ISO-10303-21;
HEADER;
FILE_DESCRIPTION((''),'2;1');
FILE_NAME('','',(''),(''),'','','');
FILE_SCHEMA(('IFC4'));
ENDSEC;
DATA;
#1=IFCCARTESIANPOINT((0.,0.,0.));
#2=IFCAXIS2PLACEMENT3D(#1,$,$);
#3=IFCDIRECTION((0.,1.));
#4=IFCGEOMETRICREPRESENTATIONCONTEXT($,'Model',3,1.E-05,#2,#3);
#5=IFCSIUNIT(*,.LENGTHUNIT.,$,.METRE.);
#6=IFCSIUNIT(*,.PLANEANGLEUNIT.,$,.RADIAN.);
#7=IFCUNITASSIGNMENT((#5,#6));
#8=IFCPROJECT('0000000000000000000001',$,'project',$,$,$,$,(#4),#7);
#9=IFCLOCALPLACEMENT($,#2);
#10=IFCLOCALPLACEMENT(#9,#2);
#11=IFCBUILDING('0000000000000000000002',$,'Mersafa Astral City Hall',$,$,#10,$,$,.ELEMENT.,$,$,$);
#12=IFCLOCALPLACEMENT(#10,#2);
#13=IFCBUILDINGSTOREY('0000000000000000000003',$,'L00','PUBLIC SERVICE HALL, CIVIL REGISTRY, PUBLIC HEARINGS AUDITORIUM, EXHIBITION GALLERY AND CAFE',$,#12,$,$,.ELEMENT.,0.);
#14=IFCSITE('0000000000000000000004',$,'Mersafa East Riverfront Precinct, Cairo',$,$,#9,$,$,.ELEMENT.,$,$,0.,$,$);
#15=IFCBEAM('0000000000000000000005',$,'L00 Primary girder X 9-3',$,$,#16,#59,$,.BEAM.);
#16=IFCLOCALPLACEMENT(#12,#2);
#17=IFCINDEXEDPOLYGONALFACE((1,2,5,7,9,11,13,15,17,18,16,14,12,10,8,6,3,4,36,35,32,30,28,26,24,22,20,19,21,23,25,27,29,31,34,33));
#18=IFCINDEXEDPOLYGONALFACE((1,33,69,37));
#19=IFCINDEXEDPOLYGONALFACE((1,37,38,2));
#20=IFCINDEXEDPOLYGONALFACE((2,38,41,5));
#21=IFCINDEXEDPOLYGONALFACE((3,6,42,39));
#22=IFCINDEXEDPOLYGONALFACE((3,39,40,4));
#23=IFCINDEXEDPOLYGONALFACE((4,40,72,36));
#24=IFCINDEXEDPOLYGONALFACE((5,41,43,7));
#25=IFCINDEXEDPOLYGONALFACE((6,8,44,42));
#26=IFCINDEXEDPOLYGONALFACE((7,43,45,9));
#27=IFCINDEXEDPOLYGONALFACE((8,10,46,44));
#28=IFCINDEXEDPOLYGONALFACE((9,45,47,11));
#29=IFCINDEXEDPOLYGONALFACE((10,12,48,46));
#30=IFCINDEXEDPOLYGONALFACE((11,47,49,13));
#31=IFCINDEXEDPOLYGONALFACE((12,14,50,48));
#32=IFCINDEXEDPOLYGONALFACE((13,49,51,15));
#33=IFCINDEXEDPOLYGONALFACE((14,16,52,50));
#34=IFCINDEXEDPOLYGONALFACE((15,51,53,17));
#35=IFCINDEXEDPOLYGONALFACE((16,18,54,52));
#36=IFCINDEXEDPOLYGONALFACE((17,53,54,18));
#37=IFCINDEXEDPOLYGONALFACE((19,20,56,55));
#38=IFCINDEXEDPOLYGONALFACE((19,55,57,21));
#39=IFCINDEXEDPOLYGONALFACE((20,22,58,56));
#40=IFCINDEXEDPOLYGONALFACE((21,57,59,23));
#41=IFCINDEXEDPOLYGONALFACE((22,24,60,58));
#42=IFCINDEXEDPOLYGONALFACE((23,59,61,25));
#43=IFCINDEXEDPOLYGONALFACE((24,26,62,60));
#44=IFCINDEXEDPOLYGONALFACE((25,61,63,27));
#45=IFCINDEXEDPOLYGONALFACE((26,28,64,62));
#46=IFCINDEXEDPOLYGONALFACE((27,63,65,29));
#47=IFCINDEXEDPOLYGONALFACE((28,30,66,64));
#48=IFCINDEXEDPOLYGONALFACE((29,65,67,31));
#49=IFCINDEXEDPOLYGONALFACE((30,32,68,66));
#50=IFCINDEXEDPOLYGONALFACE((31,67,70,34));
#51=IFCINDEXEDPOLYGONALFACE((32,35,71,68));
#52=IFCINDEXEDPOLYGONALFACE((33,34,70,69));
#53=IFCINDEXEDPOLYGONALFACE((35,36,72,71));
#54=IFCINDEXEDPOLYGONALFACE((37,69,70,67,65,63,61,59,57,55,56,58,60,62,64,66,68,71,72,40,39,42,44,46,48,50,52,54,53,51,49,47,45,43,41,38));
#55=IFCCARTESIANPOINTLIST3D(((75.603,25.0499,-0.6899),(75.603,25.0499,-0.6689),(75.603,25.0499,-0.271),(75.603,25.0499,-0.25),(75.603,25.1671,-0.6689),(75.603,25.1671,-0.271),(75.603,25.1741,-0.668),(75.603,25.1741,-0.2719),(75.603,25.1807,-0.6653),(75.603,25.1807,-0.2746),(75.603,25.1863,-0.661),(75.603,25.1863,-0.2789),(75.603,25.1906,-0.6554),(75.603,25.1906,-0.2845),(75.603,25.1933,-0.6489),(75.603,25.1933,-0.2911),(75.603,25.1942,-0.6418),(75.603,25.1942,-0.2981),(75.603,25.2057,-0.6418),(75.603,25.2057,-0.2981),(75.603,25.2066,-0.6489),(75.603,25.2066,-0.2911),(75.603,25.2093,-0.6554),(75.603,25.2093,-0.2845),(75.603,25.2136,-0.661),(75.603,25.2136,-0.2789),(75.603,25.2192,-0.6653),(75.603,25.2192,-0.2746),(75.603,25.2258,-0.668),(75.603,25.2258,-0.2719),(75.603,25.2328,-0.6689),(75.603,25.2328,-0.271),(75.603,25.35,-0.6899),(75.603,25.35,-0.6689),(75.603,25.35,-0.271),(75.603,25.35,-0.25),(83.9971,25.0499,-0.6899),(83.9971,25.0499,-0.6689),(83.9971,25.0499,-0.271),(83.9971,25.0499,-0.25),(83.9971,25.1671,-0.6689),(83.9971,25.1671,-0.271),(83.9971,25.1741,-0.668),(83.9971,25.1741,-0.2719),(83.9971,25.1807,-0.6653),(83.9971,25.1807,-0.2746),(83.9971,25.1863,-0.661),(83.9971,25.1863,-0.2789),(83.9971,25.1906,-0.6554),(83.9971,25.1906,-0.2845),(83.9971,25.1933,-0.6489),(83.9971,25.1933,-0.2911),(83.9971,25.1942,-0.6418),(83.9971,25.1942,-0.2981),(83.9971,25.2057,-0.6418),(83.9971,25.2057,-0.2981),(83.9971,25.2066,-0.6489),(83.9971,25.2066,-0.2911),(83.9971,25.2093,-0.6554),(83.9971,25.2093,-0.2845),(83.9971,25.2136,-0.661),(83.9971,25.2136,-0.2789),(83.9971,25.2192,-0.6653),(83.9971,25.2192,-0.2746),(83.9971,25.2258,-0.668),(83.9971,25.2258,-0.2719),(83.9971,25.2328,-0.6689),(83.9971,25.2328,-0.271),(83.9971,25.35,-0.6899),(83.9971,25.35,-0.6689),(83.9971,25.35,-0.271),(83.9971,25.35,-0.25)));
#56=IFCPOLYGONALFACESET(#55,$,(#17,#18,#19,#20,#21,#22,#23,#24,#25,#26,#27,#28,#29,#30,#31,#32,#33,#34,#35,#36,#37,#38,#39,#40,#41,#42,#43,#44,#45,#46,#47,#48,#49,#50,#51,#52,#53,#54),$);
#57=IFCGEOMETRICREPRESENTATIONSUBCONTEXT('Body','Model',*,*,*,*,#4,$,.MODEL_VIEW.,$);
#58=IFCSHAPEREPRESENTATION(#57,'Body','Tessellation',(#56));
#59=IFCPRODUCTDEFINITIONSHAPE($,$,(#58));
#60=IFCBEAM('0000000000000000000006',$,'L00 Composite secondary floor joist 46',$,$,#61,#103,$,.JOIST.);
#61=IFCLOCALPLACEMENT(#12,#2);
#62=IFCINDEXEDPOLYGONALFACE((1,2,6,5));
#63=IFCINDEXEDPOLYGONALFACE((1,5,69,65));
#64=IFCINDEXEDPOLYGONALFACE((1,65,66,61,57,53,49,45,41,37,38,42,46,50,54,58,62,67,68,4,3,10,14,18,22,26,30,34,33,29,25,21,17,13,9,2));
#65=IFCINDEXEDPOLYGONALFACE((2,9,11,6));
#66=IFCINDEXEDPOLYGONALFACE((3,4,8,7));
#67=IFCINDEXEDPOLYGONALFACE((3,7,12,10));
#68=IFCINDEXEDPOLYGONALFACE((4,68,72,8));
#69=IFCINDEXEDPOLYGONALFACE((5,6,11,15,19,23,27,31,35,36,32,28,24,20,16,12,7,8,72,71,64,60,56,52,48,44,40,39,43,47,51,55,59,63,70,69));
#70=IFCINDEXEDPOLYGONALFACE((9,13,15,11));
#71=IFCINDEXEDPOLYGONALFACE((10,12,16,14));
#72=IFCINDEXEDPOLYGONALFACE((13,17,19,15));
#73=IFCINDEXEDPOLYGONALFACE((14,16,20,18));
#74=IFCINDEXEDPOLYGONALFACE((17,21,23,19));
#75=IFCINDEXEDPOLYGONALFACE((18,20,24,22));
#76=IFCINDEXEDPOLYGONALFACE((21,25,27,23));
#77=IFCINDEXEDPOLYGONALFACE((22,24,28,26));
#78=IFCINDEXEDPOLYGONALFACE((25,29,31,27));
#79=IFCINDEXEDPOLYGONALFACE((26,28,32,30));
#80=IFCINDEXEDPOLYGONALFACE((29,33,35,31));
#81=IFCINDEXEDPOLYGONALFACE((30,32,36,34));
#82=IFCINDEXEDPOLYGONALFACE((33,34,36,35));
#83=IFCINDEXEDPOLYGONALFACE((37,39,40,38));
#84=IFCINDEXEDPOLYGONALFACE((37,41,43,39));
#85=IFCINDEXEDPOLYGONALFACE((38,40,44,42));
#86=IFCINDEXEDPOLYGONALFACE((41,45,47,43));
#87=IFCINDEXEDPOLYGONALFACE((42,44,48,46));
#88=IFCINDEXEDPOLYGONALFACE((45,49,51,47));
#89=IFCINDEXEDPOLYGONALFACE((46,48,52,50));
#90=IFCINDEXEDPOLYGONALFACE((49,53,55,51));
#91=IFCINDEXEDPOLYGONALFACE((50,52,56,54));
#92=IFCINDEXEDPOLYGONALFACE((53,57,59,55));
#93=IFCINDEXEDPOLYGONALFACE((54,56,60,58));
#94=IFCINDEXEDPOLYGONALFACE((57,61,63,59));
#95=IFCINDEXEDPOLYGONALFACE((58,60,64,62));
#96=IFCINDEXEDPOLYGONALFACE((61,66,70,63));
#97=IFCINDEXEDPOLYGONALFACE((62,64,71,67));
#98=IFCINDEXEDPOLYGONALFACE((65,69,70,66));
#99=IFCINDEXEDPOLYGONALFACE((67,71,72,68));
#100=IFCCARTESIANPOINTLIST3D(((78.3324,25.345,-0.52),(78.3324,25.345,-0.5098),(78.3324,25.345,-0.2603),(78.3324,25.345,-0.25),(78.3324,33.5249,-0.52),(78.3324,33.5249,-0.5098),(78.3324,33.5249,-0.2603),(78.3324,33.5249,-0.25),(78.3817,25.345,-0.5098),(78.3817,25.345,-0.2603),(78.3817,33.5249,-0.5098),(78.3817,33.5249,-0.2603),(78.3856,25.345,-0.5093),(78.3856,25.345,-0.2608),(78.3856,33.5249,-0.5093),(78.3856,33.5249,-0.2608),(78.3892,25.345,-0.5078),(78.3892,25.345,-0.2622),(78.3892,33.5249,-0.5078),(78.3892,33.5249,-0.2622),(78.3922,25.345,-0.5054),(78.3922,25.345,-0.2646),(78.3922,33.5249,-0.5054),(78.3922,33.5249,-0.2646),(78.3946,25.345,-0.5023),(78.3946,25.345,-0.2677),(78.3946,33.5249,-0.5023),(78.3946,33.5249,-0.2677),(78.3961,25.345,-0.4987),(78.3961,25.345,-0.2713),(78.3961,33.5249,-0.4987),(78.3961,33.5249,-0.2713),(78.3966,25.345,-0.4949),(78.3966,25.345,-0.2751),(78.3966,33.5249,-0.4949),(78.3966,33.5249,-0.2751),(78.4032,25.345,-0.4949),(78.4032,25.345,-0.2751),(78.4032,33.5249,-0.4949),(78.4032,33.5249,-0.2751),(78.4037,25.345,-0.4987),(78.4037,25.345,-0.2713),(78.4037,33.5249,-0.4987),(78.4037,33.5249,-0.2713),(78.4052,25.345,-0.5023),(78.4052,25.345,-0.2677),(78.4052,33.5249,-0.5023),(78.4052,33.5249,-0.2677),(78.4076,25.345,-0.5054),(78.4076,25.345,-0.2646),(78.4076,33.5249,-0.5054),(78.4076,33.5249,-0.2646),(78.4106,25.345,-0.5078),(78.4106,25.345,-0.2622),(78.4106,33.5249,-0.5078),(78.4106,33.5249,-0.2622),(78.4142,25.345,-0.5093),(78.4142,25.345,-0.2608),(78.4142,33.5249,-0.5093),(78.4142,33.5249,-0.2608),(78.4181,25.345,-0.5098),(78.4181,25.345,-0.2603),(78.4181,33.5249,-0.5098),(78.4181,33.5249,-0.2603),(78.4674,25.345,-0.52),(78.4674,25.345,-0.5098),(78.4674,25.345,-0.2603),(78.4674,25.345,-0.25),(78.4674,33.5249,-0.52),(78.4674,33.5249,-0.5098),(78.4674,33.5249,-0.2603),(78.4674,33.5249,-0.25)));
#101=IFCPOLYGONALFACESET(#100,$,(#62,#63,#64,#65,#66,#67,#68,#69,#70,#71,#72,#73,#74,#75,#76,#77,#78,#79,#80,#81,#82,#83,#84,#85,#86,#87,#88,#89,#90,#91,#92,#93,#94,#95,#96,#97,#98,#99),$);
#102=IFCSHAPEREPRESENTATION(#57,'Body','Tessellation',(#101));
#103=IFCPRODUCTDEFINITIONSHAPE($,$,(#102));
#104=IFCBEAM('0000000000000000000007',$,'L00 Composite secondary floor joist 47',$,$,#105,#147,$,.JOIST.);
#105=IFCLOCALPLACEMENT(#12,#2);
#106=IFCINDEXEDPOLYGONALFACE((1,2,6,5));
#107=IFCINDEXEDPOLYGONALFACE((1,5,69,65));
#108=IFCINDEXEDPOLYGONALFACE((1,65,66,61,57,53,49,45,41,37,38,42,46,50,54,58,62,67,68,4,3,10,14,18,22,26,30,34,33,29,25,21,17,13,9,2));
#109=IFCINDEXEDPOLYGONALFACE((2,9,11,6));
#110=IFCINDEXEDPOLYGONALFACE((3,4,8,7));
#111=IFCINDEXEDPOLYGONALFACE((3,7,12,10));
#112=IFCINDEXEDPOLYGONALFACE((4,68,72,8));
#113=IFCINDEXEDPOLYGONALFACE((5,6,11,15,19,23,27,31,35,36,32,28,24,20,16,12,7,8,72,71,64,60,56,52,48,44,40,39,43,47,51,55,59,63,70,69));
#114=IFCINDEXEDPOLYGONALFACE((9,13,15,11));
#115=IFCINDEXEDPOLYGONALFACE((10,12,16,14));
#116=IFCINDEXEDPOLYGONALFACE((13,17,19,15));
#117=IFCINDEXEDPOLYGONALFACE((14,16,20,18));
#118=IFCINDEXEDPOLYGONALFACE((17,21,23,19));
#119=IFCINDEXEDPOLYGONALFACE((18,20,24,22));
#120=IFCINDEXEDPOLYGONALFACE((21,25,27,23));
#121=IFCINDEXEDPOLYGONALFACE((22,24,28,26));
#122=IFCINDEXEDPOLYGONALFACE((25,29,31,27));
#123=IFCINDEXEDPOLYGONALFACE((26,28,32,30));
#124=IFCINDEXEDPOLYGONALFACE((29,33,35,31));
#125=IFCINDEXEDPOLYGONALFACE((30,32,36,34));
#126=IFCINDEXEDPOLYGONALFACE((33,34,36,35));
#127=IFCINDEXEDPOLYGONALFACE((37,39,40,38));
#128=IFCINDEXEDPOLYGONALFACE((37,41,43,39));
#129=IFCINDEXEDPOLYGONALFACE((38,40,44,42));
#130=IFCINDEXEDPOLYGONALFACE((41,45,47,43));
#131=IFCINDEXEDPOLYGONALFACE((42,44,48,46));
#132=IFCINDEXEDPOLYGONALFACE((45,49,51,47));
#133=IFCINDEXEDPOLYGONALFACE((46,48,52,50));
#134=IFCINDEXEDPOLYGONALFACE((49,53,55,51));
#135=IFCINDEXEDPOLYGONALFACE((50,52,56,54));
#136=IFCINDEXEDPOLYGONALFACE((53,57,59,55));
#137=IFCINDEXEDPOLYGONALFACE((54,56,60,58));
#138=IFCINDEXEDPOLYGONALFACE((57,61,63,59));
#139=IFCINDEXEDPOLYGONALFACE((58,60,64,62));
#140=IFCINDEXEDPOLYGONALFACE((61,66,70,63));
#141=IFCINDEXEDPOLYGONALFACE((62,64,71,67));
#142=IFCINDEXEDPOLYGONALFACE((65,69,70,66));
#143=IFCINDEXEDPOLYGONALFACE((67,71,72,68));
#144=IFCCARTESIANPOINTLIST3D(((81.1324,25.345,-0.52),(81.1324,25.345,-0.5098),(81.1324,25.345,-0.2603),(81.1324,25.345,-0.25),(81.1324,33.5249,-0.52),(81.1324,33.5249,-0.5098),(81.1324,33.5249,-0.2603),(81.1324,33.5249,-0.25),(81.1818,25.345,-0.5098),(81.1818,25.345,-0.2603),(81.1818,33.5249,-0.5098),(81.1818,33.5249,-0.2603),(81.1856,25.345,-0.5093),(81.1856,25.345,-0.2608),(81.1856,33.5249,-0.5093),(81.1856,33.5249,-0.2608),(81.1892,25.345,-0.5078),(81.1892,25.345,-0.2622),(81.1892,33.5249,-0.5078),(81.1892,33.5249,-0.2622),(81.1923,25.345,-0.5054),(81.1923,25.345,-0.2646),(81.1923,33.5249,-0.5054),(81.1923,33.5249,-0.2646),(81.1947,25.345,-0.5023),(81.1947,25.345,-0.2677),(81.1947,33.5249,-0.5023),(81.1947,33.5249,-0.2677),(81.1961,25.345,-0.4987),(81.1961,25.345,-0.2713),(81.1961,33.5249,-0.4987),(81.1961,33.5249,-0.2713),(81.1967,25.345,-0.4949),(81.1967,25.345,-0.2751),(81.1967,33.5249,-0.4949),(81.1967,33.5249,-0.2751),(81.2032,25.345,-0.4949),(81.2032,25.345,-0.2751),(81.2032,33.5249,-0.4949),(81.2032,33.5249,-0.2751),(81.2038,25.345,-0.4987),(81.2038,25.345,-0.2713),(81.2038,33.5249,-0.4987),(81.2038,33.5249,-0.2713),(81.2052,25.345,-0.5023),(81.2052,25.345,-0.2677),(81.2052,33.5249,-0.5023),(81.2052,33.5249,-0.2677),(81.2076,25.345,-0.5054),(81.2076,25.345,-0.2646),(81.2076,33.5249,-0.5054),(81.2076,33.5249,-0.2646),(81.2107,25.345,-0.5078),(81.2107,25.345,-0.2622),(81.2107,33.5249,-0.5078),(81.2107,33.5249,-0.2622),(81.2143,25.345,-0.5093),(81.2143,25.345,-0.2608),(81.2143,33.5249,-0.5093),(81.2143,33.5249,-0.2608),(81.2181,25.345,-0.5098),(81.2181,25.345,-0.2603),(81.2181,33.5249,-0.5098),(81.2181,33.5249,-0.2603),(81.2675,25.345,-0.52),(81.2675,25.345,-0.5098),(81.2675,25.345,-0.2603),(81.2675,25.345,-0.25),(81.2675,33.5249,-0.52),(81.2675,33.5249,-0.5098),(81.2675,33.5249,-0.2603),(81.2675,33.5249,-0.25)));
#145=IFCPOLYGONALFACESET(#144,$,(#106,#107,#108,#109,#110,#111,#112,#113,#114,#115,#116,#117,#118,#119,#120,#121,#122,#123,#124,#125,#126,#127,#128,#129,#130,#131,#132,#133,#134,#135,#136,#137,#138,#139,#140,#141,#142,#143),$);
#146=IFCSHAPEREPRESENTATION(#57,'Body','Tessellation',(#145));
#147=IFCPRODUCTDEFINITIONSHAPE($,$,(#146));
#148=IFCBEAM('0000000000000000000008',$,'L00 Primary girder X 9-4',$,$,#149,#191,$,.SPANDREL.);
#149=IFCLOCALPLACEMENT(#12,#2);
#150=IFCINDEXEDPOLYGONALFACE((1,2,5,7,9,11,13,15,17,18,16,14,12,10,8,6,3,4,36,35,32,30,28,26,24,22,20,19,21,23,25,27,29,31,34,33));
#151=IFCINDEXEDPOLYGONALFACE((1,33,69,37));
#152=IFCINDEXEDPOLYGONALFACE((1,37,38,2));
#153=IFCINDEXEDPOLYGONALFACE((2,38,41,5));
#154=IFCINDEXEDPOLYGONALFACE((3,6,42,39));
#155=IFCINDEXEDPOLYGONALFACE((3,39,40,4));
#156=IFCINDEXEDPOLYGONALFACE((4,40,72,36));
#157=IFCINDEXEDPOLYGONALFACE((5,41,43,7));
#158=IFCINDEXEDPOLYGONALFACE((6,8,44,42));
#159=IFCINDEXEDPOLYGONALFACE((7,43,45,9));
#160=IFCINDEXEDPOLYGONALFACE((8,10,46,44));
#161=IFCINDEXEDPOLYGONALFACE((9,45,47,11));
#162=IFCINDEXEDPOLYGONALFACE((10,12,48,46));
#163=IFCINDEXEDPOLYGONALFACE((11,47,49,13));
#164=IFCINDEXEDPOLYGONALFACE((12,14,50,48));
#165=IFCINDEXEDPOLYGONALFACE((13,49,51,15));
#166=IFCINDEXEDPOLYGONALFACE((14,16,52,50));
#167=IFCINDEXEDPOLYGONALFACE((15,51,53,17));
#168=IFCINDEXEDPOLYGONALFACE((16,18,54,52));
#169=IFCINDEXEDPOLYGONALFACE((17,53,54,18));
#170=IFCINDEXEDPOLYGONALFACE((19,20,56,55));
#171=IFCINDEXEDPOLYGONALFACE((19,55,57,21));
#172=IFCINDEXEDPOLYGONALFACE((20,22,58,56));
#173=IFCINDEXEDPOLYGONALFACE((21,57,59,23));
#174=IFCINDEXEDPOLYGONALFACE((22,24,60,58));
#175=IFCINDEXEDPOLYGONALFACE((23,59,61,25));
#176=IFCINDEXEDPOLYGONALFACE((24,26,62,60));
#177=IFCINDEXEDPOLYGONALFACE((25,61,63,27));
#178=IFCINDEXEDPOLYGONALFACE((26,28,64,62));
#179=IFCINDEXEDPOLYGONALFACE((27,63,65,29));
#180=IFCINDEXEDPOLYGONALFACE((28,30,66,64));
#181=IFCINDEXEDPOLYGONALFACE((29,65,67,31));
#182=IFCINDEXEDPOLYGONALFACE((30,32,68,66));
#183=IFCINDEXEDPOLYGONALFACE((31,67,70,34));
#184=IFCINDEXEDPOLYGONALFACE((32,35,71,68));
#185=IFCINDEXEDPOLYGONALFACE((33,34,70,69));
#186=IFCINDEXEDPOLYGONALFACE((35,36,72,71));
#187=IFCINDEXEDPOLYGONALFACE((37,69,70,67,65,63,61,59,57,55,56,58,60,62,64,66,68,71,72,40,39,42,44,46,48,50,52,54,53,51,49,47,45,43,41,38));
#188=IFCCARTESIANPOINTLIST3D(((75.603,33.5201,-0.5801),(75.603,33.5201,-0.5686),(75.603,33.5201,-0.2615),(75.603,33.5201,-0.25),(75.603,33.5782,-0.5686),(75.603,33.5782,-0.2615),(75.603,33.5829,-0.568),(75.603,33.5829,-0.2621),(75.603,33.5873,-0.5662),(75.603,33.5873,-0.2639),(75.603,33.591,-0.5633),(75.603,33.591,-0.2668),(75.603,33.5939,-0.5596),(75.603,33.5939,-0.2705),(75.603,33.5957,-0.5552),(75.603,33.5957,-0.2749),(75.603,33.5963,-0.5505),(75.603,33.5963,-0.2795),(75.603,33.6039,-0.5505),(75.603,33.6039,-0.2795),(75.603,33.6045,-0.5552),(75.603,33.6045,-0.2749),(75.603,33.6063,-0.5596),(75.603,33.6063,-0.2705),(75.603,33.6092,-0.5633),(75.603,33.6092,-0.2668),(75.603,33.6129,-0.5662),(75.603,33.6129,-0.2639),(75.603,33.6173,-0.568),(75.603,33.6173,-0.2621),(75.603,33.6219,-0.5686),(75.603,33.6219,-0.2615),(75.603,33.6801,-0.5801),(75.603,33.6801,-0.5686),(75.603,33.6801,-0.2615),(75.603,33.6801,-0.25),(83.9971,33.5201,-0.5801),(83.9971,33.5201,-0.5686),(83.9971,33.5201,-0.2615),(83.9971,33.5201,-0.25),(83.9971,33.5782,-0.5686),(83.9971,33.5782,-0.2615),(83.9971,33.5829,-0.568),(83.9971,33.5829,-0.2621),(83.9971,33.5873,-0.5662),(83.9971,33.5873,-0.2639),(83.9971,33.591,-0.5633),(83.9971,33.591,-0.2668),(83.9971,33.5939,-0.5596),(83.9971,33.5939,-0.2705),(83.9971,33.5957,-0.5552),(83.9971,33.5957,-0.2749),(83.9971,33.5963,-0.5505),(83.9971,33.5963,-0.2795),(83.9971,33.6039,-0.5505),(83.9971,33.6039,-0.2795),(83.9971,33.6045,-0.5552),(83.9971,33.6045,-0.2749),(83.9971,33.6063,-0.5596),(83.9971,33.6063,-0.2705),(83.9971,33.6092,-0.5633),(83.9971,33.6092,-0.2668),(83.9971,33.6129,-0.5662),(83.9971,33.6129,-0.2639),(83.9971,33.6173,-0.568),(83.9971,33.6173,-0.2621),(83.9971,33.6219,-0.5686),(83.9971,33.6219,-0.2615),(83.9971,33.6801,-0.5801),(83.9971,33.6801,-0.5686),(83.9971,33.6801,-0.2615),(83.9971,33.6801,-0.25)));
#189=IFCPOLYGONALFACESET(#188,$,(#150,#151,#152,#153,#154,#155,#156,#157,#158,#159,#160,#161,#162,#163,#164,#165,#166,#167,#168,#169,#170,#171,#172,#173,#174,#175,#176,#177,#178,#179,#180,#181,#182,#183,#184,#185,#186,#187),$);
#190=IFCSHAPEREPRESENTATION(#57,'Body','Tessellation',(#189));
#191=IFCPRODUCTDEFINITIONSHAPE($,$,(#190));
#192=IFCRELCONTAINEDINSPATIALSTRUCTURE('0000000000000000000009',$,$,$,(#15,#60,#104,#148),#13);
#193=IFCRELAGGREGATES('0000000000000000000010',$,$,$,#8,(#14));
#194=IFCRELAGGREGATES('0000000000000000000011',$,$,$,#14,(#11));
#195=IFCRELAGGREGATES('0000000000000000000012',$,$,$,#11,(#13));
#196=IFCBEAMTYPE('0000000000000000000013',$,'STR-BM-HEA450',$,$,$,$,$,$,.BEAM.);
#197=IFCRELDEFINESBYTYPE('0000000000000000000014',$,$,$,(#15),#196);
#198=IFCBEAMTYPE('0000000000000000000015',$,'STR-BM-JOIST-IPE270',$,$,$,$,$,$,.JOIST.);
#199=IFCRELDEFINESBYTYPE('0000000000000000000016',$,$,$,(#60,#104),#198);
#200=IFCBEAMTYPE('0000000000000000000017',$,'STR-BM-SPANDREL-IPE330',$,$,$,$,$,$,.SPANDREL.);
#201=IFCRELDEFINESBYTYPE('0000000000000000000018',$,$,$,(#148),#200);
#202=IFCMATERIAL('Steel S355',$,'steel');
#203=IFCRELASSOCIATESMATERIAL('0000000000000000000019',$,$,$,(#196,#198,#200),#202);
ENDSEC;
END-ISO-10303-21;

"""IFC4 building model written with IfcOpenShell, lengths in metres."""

from ifc_helpers import new_model, si_unit, direction, frame, origin, origin_2d, place, context, subcontext, project, spatial, i_section, extrude, material, material_profile, profile_set, type_object, element, save


model = new_model("IFC4")

# Units and contexts
model_context = context("Model", 3, precision=1e-05, world=origin(), true_north=direction((0.0, 1.0)))
body_context = subcontext(model_context, "Body", "Model", "MODEL_VIEW")
ifc_project = project(units=[si_unit("LENGTHUNIT", "METRE"), si_unit("PLANEANGLEUNIT", "RADIAN")], contexts=[model_context])

# Site, building, storey
site_placement = place(None, origin())
site = spatial("IfcSite", under=ifc_project, at=site_placement, Name="Mersafa East Riverfront Precinct, Cairo", CompositionType="ELEMENT", RefElevation=0.0)
building_placement = place(site_placement, origin())
building = spatial("IfcBuilding", under=site, at=building_placement, Name="Mersafa Astral City Hall", CompositionType="ELEMENT")
storey_placement = place(building_placement, origin())
storey = spatial("IfcBuildingStorey", under=building, at=storey_placement, Name="L00", Description="PUBLIC SERVICE HALL, CIVIL REGISTRY, PUBLIC HEARINGS AUDITORIUM, EXHIBITION GALLERY AND CAFE", CompositionType="ELEMENT", Elevation=0.0)

# Shared definitions
ifc_material_1 = material(Name="Steel S355", Category="steel")

# Beams
ifc_material_profile_1 = material_profile(ifc_material_1, i_section(OverallWidth=0.3, OverallDepth=0.4399, WebThickness=0.0115, FlangeThickness=0.021, FilletRadius=0.0271, at=origin_2d()), Name="HEA 450")
ifc_profile_set_1 = profile_set([ifc_material_profile_1], Name="Steel S355")
beam_type_1 = type_object("IfcBeamType", Name="STR-BM-HEA450", PredefinedType="BEAM", material=ifc_profile_set_1)
beam_1_placement = place(storey_placement, frame((75.603, 25.2, -0.47), z_axis=(1.0, 0.0, 0.0), x_axis=(0.0, 1.0, 0.0)))
element("IfcBeam", 1, at=beam_1_placement, inside=storey, type_object=beam_type_1, Name="L00 Primary girder X 9-3", PredefinedType="BEAM", context=body_context, shape_type="SweptSolid", body=[
    extrude(i_section(OverallWidth=0.3, OverallDepth=0.4399, WebThickness=0.0115, FlangeThickness=0.021, FilletRadius=0.0271, at=origin_2d()), origin(), (0.0, 0.0, 1.0), 8.394),
])
ifc_material_profile_2 = material_profile(ifc_material_1, i_section(OverallWidth=0.135, OverallDepth=0.27, WebThickness=0.0066, FlangeThickness=0.0103, FilletRadius=0.0149, at=origin_2d()), Name="IPE 270")
ifc_profile_set_2 = profile_set([ifc_material_profile_2], Name="Steel S355")
beam_type_2 = type_object("IfcBeamType", Name="STR-BM-JOIST-IPE270", PredefinedType="JOIST", material=ifc_profile_set_2)
for number, where, z_axis, x_axis, name in (
    (2, (78.3999, 25.345, -0.385), (0.0, 1.0, 0.0), (-1.0, 0.0, 0.0), "L00 Composite secondary floor joist 46"),
    (3, (81.2, 25.345, -0.385), (0.0, 1.0, 0.0), (-1.0, 0.0, 0.0), "L00 Composite secondary floor joist 47"),
):
    element("IfcBeam", number, at=place(storey_placement, frame(where, z_axis=z_axis, x_axis=x_axis)), inside=storey, type_object=beam_type_2, Name=name, PredefinedType="JOIST", context=body_context, shape_type="SweptSolid", body=[
        extrude(i_section(OverallWidth=0.135, OverallDepth=0.27, WebThickness=0.0066, FlangeThickness=0.0103, FilletRadius=0.0149, at=origin_2d()), origin(), (0.0, 0.0, 1.0), 8.1799),
    ])
ifc_material_profile_3 = material_profile(ifc_material_1, i_section(OverallWidth=0.1599, OverallDepth=0.3301, WebThickness=0.0076, FlangeThickness=0.0115, FilletRadius=0.0181, at=origin_2d()), Name="IPE 330")
ifc_profile_set_3 = profile_set([ifc_material_profile_3], Name="Steel S355")
beam_type_3 = type_object("IfcBeamType", Name="STR-BM-SPANDREL-IPE330", PredefinedType="SPANDREL", material=ifc_profile_set_3)
beam_2_placement = place(storey_placement, frame((75.603, 33.6001, -0.415), z_axis=(1.0, 0.0, 0.0), x_axis=(0.0, 1.0, 0.0)))
element("IfcBeam", 4, at=beam_2_placement, inside=storey, type_object=beam_type_3, Name="L00 Primary girder X 9-4", PredefinedType="SPANDREL", context=body_context, shape_type="SweptSolid", body=[
    extrude(i_section(OverallWidth=0.1599, OverallDepth=0.3301, WebThickness=0.0076, FlangeThickness=0.0115, FilletRadius=0.0181, at=origin_2d()), origin(), (0.0, 0.0, 1.0), 8.394),
])

save(model, "model.ifc")
